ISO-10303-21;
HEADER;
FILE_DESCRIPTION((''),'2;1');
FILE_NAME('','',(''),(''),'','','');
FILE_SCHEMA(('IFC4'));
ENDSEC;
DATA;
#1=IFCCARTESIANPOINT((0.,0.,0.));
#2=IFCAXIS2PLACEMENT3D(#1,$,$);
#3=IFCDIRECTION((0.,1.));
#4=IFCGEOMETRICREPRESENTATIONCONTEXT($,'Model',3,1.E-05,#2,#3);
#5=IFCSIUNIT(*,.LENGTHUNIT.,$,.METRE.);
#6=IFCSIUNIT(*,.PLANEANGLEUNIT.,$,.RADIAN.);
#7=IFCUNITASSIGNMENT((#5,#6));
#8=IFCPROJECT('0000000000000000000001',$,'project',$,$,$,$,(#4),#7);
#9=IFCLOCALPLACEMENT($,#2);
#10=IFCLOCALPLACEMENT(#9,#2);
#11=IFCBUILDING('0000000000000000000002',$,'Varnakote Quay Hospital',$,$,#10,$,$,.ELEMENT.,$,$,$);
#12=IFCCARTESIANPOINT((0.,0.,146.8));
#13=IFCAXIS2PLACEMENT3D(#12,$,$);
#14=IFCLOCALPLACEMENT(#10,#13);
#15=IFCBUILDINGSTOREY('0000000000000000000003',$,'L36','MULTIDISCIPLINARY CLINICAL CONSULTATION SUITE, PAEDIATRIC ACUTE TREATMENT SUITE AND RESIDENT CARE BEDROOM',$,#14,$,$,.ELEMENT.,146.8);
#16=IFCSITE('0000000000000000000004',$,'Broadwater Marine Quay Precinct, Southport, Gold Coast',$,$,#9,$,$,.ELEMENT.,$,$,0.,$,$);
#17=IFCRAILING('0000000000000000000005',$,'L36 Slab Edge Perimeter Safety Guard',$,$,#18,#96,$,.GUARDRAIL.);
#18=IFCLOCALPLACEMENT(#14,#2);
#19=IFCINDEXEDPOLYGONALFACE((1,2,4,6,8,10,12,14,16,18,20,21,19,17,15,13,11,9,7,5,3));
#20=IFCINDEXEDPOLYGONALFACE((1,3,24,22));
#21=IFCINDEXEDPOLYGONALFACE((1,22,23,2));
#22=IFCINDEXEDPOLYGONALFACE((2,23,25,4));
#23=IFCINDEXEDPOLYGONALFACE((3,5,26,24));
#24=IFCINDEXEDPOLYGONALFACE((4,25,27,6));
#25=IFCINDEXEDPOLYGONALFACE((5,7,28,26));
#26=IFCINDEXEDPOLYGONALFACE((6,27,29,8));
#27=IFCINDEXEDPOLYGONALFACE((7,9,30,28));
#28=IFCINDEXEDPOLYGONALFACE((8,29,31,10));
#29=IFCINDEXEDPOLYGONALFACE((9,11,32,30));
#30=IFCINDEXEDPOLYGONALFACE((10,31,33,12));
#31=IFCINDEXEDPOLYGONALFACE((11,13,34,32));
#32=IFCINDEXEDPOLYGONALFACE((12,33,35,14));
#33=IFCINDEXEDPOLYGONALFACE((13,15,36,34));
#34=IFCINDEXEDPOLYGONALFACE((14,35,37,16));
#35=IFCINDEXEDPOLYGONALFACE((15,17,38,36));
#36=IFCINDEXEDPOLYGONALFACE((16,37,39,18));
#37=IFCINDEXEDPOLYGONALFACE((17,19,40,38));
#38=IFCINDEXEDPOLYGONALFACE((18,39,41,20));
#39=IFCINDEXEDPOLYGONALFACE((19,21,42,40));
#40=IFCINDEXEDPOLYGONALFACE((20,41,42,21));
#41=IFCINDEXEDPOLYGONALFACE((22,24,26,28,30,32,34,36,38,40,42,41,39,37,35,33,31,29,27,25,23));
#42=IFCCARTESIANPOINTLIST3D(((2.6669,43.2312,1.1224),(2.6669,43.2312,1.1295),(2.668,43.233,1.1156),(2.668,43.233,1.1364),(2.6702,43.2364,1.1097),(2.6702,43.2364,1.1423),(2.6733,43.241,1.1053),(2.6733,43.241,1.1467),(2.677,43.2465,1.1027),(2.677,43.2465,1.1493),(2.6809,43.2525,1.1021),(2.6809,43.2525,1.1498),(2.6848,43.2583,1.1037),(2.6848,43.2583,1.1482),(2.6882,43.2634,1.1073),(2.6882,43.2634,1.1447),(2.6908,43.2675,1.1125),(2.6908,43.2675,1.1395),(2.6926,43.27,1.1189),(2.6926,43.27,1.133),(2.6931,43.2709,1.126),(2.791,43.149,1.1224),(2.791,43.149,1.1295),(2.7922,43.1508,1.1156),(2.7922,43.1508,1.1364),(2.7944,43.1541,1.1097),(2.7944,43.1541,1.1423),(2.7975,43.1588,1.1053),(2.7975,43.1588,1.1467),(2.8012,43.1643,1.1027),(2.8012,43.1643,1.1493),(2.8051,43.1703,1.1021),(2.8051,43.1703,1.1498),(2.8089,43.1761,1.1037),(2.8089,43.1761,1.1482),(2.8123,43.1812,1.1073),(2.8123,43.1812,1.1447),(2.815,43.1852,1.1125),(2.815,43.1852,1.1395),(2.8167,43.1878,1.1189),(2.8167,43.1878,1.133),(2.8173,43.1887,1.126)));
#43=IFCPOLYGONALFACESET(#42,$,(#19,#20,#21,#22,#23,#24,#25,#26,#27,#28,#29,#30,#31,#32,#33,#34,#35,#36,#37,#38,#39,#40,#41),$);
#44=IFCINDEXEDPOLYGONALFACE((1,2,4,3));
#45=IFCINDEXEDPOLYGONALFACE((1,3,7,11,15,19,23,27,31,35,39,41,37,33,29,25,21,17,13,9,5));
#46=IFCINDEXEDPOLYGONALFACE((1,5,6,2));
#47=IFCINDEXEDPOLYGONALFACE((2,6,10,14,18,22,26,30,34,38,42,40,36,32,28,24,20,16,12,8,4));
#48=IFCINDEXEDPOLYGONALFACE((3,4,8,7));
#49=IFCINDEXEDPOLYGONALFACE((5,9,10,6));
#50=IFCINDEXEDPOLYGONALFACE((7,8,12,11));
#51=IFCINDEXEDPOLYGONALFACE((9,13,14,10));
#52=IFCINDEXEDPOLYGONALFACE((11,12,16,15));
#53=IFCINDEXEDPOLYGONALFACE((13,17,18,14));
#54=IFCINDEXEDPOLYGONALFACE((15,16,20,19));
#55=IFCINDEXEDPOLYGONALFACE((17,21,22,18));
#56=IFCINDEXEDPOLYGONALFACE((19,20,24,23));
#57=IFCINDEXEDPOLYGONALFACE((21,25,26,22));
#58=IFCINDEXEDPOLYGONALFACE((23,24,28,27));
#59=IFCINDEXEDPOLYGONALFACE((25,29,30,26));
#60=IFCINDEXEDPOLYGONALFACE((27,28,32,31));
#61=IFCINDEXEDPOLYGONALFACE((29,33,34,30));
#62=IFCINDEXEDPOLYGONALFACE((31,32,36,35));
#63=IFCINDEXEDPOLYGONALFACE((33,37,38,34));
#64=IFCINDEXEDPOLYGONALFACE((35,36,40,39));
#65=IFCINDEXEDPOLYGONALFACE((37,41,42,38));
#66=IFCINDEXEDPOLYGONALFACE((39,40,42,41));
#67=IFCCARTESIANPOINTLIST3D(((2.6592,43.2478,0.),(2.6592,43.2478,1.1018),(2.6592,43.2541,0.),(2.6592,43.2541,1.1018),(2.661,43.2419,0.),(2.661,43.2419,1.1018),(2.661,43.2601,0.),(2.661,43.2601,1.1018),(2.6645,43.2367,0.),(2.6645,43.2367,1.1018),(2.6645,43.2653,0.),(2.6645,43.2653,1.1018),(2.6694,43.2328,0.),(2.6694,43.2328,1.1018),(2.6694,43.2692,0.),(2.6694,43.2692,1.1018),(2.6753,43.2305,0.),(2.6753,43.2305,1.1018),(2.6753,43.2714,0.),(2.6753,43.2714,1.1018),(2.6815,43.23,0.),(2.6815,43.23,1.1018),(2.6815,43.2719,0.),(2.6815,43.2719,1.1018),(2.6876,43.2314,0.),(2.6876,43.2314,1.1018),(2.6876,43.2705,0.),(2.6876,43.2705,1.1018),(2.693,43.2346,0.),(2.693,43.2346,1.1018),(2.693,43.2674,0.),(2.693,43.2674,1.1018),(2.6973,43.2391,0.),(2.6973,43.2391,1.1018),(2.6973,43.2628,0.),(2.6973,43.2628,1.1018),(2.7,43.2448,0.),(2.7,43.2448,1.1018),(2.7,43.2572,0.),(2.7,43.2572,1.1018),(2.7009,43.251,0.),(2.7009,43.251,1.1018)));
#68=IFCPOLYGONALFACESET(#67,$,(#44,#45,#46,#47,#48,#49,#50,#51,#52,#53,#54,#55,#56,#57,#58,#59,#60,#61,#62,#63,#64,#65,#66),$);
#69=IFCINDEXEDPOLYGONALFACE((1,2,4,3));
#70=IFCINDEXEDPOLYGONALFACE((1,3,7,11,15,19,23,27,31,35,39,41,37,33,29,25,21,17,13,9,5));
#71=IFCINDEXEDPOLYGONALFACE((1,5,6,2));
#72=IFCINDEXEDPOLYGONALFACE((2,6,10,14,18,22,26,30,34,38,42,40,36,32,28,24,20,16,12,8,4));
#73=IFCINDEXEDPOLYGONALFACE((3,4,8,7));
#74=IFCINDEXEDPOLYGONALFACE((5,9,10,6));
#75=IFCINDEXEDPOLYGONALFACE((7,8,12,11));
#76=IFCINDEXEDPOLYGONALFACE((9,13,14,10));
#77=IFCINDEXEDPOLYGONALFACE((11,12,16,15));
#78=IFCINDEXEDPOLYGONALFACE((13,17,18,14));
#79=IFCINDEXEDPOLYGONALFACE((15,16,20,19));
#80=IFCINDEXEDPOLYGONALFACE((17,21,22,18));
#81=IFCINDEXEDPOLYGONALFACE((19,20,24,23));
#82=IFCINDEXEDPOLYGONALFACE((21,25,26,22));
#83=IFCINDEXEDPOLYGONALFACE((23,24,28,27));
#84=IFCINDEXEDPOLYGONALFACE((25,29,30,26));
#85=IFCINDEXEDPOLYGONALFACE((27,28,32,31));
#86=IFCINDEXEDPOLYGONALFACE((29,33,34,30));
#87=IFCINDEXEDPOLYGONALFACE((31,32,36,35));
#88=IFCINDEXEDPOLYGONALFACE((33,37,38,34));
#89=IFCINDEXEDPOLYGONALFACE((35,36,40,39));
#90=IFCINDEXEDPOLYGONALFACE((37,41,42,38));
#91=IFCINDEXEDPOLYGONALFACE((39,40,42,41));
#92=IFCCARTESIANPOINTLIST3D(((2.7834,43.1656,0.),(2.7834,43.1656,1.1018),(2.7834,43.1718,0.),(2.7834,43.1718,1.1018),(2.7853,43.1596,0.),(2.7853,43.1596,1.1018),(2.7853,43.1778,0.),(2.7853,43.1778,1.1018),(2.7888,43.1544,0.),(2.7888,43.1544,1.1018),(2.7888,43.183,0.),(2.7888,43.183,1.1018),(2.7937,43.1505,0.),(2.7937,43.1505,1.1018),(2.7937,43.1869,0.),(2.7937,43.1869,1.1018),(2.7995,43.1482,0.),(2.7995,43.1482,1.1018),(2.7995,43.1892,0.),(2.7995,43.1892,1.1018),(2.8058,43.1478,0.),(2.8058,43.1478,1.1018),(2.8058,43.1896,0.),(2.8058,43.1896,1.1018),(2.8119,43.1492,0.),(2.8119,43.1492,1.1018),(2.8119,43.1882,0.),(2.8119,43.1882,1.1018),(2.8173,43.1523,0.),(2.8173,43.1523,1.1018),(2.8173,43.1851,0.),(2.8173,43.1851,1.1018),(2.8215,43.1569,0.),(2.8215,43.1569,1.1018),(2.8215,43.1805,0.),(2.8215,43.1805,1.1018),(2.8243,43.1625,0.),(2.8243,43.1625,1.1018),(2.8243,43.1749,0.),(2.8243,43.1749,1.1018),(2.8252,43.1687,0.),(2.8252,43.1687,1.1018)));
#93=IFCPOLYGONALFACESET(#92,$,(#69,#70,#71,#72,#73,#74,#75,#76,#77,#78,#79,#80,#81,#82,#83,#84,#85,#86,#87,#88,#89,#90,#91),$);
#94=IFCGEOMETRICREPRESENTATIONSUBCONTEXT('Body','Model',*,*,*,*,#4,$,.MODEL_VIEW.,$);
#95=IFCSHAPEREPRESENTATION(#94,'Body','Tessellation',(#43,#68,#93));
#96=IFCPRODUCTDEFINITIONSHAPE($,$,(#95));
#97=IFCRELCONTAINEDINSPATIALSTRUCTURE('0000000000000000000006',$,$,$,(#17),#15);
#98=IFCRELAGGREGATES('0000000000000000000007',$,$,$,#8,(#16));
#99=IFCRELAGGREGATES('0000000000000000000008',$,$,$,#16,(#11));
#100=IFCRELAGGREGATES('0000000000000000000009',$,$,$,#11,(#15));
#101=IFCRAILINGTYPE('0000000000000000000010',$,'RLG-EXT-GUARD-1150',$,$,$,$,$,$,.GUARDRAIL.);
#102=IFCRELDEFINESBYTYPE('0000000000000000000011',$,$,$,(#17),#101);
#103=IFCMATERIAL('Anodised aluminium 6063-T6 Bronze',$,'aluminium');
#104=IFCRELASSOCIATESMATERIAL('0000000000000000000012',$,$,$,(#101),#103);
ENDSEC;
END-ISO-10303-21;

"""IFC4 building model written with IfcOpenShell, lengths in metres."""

from ifc_helpers import new_model, si_unit, direction, frame, origin, origin_2d, place, context, subcontext, project, spatial, circle, extrude, material, type_object, element, save


model = new_model("IFC4")

# Units and contexts
model_context = context("Model", 3, precision=1e-05, world=origin(), true_north=direction((0.0, 1.0)))
body_context = subcontext(model_context, "Body", "Model", "MODEL_VIEW")
ifc_project = project(units=[si_unit("LENGTHUNIT", "METRE"), si_unit("PLANEANGLEUNIT", "RADIAN")], contexts=[model_context])

# Site, building, storey
site_placement = place(None, origin())
site = spatial("IfcSite", under=ifc_project, at=site_placement, Name="Broadwater Marine Quay Precinct, Southport, Gold Coast", CompositionType="ELEMENT", RefElevation=0.0)
building_placement = place(site_placement, origin())
building = spatial("IfcBuilding", under=site, at=building_placement, Name="Varnakote Quay Hospital", CompositionType="ELEMENT")
storey_placement = place(building_placement, frame((0.0, 0.0, 146.8)))
storey = spatial("IfcBuildingStorey", under=building, at=storey_placement, Name="L36", Description="MULTIDISCIPLINARY CLINICAL CONSULTATION SUITE, PAEDIATRIC ACUTE TREATMENT SUITE AND RESIDENT CARE BEDROOM", CompositionType="ELEMENT", Elevation=146.8)

# Railing
ifc_material_1 = material(Name="Anodised aluminium 6063-T6 Bronze", Category="aluminium")
railing_type = type_object("IfcRailingType", Name="RLG-EXT-GUARD-1150", PredefinedType="GUARDRAIL", material=ifc_material_1)
railing_1_placement = place(storey_placement, frame((2.6799, 43.251, 0.0)))
element("IfcRailing", 1, at=railing_1_placement, inside=storey, type_object=railing_type, Name="L36 Slab Edge Perimeter Safety Guard", PredefinedType="GUARDRAIL", context=body_context, shape_type="SweptSolid", body=[
    extrude(circle(Radius=0.0239, at=origin_2d()), frame((0.0, 0.0, 1.126), z_axis=(0.83381, -0.552051, 0.0), x_axis=(0.552051, 0.83381, 0.0)), (0.0, 0.0, 1.0), 0.1489),
    extrude(circle(Radius=0.021, at=origin_2d()), origin(), (0.0, 0.0, 1.0), 1.1018),
    extrude(circle(Radius=0.021, at=origin_2d()), frame((0.1243, -0.0823, 0.0)), (0.0, 0.0, 1.0), 1.1018),
])

save(model, "model.ifc")
